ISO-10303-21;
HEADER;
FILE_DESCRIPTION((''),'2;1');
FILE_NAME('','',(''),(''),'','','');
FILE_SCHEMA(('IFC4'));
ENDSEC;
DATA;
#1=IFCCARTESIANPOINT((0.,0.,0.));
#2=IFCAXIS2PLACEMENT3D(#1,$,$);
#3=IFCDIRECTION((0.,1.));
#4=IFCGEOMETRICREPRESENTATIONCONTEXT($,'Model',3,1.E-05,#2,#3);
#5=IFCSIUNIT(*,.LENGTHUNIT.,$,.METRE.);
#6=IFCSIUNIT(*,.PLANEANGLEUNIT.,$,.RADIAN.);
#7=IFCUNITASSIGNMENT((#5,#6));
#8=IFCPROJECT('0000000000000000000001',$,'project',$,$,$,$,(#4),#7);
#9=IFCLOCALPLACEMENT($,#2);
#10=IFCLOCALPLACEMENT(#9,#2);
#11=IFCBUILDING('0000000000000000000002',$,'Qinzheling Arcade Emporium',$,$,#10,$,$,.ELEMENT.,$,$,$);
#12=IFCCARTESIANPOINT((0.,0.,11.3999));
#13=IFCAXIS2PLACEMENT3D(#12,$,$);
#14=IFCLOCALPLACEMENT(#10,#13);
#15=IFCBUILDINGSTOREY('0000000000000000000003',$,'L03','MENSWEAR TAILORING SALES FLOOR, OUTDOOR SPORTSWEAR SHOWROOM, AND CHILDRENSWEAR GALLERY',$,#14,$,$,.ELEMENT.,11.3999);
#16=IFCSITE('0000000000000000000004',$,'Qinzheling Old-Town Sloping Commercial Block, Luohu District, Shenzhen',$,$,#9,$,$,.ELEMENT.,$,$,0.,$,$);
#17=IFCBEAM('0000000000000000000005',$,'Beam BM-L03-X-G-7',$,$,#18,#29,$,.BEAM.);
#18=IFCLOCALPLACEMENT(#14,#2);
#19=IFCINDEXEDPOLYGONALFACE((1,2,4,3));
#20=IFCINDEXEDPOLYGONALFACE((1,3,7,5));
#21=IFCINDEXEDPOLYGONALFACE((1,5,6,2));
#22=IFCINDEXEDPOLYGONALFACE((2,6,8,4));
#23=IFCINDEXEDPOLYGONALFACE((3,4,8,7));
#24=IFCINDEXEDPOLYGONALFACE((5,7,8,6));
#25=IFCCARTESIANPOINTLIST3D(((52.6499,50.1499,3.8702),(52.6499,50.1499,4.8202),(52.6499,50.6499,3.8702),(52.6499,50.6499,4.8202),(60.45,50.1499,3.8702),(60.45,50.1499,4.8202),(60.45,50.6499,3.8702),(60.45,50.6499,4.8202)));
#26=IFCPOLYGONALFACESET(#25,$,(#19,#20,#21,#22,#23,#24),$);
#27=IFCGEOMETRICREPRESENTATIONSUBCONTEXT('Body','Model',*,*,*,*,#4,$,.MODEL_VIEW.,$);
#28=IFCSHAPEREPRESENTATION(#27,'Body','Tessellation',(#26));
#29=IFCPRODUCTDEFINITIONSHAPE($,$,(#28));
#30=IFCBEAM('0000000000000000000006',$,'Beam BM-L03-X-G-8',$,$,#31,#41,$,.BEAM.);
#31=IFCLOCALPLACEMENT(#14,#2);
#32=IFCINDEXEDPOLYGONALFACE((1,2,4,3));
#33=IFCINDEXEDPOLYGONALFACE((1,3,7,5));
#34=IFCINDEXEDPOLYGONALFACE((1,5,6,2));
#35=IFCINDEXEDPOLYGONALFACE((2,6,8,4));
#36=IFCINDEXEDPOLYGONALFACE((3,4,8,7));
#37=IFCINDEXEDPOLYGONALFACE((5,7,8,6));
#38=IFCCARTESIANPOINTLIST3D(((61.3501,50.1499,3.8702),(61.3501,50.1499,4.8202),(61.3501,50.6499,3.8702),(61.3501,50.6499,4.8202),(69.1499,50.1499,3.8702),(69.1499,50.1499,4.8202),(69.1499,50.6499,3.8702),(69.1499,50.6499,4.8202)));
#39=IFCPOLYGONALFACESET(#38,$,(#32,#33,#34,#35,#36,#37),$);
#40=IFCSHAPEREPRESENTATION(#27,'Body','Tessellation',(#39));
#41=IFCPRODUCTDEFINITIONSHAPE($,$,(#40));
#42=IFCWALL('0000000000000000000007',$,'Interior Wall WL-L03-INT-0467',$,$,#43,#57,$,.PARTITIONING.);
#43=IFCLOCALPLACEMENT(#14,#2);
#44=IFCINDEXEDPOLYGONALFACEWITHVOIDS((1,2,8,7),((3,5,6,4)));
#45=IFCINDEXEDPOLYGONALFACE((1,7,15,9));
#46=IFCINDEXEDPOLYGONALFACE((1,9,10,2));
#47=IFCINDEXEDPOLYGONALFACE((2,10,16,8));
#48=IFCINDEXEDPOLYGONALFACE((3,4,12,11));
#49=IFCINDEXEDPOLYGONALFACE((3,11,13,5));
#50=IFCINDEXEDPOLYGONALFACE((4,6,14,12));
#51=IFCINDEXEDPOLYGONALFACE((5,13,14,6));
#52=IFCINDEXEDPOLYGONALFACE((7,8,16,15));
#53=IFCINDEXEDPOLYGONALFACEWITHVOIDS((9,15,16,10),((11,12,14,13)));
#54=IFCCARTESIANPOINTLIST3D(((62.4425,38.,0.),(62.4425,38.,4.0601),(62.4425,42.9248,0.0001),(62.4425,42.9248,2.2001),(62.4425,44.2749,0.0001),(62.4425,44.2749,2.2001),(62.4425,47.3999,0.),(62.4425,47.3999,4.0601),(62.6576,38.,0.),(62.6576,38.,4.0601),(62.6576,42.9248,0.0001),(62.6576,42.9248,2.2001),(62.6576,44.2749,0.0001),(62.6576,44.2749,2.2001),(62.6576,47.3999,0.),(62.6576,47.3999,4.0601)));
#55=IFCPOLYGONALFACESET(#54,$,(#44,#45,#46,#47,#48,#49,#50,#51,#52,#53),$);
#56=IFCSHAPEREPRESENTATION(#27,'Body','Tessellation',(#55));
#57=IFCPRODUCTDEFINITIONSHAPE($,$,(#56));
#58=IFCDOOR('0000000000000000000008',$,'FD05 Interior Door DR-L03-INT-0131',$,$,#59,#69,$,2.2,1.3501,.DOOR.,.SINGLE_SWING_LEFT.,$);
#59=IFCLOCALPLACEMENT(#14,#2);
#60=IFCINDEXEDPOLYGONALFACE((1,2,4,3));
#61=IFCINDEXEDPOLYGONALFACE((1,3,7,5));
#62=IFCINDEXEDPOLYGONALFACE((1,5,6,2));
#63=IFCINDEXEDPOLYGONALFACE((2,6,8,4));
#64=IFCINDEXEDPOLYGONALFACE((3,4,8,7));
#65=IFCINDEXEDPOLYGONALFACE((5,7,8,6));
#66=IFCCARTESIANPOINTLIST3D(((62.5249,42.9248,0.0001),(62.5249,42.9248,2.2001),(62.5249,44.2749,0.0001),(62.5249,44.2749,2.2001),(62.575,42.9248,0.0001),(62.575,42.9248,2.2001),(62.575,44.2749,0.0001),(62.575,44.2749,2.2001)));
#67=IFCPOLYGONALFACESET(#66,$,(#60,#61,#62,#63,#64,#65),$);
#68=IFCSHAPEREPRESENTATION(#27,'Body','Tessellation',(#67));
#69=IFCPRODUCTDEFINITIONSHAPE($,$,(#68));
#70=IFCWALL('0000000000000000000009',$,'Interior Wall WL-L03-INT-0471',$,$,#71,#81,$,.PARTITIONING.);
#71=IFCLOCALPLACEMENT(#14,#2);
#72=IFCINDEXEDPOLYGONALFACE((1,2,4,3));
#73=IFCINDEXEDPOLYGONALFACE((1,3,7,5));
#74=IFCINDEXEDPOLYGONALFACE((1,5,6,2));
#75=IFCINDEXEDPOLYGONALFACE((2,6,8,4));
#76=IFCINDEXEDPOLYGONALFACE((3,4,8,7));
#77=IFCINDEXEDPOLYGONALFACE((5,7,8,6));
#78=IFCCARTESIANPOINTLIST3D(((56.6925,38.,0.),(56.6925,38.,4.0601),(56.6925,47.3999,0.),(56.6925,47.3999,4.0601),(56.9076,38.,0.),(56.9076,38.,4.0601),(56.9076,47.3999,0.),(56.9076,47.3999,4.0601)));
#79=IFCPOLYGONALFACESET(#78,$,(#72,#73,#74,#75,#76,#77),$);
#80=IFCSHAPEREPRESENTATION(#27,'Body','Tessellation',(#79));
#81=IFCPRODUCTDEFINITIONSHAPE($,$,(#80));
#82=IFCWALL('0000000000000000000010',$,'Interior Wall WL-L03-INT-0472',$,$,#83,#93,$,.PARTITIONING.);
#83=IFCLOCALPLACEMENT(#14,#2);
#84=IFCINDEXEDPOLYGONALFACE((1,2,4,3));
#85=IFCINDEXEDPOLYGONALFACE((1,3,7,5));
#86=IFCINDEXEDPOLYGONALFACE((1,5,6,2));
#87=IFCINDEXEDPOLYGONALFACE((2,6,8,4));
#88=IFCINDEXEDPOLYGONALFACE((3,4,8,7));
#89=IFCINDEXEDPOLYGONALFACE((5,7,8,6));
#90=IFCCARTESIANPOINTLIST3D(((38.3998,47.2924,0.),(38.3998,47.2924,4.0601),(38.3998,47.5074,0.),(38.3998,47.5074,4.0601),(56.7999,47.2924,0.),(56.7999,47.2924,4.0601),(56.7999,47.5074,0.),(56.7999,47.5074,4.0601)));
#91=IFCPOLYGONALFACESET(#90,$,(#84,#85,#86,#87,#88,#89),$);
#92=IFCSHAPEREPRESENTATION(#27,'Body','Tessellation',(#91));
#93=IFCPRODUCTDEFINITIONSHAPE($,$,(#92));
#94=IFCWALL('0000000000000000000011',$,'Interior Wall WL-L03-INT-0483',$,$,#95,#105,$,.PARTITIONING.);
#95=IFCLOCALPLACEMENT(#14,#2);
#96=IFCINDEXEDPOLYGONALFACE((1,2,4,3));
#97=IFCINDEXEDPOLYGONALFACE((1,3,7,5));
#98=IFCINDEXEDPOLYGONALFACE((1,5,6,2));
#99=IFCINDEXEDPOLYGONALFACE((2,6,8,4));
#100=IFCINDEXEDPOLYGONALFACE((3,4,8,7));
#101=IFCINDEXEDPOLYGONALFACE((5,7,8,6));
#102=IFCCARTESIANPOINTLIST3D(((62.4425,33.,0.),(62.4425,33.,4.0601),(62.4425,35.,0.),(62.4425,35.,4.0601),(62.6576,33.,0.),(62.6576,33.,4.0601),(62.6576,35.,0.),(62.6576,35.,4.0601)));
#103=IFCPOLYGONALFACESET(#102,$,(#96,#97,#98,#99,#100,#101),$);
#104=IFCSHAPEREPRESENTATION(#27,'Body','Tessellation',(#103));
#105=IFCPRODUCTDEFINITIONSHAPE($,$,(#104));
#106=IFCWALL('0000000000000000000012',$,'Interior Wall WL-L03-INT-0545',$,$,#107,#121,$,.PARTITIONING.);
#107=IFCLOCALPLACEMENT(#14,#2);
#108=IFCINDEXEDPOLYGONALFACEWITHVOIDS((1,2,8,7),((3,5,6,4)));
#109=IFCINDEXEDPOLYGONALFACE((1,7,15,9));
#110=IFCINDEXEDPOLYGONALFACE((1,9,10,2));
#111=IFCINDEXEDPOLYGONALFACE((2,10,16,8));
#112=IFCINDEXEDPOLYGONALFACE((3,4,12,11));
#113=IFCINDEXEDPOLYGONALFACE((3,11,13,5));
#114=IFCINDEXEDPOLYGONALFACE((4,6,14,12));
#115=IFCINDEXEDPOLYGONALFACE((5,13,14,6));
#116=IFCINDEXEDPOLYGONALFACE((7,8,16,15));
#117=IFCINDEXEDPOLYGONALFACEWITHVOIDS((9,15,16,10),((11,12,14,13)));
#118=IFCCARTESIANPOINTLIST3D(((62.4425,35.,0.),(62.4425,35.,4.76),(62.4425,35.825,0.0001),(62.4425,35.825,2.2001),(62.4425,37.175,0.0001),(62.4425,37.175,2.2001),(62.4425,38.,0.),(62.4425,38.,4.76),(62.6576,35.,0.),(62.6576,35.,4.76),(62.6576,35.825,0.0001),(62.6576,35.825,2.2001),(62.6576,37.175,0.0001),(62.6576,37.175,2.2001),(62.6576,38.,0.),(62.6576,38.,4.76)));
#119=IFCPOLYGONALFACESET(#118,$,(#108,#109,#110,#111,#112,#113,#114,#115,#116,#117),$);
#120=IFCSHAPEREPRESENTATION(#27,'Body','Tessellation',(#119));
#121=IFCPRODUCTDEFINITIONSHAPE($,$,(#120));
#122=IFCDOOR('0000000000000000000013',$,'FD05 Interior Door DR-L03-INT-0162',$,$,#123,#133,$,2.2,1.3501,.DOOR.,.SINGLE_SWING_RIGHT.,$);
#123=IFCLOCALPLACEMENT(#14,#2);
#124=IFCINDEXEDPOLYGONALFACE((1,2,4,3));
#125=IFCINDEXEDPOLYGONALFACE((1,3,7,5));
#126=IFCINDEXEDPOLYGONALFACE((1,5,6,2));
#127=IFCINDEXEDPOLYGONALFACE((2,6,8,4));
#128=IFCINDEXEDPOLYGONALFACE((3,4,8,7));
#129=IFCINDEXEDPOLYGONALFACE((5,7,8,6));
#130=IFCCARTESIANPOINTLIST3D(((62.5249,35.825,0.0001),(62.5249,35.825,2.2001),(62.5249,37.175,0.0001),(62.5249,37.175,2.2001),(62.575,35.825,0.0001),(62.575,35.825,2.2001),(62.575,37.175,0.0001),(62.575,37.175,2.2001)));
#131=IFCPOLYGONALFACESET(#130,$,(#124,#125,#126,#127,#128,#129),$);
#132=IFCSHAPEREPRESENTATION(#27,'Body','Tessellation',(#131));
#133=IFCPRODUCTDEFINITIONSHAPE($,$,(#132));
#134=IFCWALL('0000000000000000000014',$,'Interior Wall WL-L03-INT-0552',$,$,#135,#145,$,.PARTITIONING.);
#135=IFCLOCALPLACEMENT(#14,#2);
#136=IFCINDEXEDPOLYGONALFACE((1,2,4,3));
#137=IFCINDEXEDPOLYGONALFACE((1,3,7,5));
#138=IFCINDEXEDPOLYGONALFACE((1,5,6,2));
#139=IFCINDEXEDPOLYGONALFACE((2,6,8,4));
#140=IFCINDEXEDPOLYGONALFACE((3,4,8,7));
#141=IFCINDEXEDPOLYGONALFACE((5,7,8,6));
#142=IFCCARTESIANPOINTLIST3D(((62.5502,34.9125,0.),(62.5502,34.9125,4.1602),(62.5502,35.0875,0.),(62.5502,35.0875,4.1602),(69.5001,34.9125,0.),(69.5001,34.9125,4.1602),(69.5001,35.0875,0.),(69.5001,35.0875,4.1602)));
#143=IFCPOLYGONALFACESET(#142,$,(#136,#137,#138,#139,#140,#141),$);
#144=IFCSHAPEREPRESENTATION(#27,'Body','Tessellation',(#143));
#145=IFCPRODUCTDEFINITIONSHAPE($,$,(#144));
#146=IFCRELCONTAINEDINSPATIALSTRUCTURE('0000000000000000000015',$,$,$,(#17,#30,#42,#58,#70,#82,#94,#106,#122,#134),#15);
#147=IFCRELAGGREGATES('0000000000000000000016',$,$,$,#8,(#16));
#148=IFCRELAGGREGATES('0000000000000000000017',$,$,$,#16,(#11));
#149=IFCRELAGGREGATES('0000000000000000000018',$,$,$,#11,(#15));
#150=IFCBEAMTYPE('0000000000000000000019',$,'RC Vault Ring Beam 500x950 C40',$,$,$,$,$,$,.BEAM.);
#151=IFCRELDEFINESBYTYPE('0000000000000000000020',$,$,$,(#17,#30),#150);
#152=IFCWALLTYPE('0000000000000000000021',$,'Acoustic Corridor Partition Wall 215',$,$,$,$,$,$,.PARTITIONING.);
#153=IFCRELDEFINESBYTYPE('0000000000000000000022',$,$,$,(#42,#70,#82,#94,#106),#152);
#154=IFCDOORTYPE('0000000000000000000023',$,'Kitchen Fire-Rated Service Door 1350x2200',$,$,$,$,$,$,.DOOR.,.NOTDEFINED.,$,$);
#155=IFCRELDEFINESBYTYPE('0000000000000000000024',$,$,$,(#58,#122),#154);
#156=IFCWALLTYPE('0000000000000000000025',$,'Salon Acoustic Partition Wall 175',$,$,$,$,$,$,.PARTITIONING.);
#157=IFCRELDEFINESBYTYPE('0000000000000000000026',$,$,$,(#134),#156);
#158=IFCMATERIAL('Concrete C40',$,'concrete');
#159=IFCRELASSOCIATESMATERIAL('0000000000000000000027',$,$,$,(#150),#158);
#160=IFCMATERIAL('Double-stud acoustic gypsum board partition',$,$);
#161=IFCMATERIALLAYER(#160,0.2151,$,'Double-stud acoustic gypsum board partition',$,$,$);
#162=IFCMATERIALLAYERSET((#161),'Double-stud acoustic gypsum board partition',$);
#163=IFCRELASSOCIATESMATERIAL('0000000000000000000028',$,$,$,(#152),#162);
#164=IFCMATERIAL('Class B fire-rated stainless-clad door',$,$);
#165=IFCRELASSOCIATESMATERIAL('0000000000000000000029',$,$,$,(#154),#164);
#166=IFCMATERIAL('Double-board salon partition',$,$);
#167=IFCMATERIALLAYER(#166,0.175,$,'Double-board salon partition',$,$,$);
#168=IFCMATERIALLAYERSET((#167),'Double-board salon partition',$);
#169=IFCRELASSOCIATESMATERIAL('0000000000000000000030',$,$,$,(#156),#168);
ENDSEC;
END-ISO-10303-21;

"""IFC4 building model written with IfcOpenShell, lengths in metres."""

from ifc_helpers import new_model, si_unit, direction, frame, frame_2d, origin, origin_2d, place, context, subcontext, project, spatial, rectangle, extrude, material, layer, layer_set, material_profile, profile_set, type_object, element, fill, save


model = new_model("IFC4")

# Units and contexts
model_context = context("Model", 3, precision=1e-05, world=origin(), true_north=direction((0.0, 1.0)))
body_context = subcontext(model_context, "Body", "Model", "MODEL_VIEW")
ifc_project = project(units=[si_unit("LENGTHUNIT", "METRE"), si_unit("PLANEANGLEUNIT", "RADIAN")], contexts=[model_context])

# Site, building, storey
site_placement = place(None, origin())
site = spatial("IfcSite", under=ifc_project, at=site_placement, Name="Qinzheling Old-Town Sloping Commercial Block, Luohu District, Shenzhen", CompositionType="ELEMENT", RefElevation=0.0)
building_placement = place(site_placement, origin())
building = spatial("IfcBuilding", under=site, at=building_placement, Name="Qinzheling Arcade Emporium", CompositionType="ELEMENT")
storey_placement = place(building_placement, frame((0.0, 0.0, 11.3999)))
storey = spatial("IfcBuildingStorey", under=building, at=storey_placement, Name="L03", Description="MENSWEAR TAILORING SALES FLOOR, OUTDOOR SPORTSWEAR SHOWROOM, AND CHILDRENSWEAR GALLERY", CompositionType="ELEMENT", Elevation=11.3999)

# Beams
ifc_material_1 = material(Name="Concrete C40", Category="concrete")
ifc_material_profile_1 = material_profile(ifc_material_1, rectangle(XDim=0.5, YDim=0.95, at=origin_2d()), Name="RC 500x950", Category="concrete")
ifc_profile_set_1 = profile_set([ifc_material_profile_1], Name="Concrete C40")
beam_type_1 = type_object("IfcBeamType", Name="RC Vault Ring Beam 500x950 C40", PredefinedType="BEAM", material=ifc_profile_set_1)
beam_1_placement = place(storey_placement, frame((52.6499, 50.3999, 4.3452), z_axis=(1.0, 0.0, 0.0), x_axis=(0.0, 1.0, 0.0)))
element("IfcBeam", 1, at=beam_1_placement, inside=storey, type_object=beam_type_1, Name="Beam BM-L03-X-G-7", PredefinedType="BEAM", context=body_context, shape_type="SweptSolid", body=[
    extrude(rectangle(XDim=0.5, YDim=0.95, at=origin_2d()), origin(), (0.0, 0.0, 1.0), 7.8),
])
beam_2_placement = place(storey_placement, frame((61.3501, 50.3999, 4.3452), z_axis=(1.0, 0.0, 0.0), x_axis=(0.0, 1.0, 0.0)))
element("IfcBeam", 2, at=beam_2_placement, inside=storey, type_object=beam_type_1, Name="Beam BM-L03-X-G-8", PredefinedType="BEAM", context=body_context, shape_type="SweptSolid", body=[
    extrude(rectangle(XDim=0.5, YDim=0.95, at=origin_2d()), origin(), (0.0, 0.0, 1.0), 7.7998),
])

# Wall, opening, door
ifc_material_2 = material(Name="Double-stud acoustic gypsum board partition")
ifc_layer_1 = layer(ifc_material_2, 0.2151, Name="Double-stud acoustic gypsum board partition")
ifc_layer_set_1 = layer_set([ifc_layer_1], Name="Double-stud acoustic gypsum board partition")
wall_type_1 = type_object("IfcWallType", Name="Acoustic Corridor Partition Wall 215", PredefinedType="PARTITIONING", material=ifc_layer_set_1)
wall_1_placement = place(storey_placement, frame((62.55, 47.3999, 0.0), z_axis=(0.0, 0.0, 1.0), x_axis=(0.0, -1.0, 0.0)))
wall_1 = element("IfcWall", 3, at=wall_1_placement, inside=storey, type_object=wall_type_1, Name="Interior Wall WL-L03-INT-0467", PredefinedType="PARTITIONING", context=body_context, shape_type="SweptSolid", body=[
    extrude(rectangle(XDim=9.3999, YDim=0.2151, at=frame_2d((4.7, 0.0))), origin(), (0.0, 0.0, 1.0), 4.0601),
])
opening_1_placement = place(wall_1_placement, frame((3.125, 0.0, 0.0)))
opening_1 = element("IfcOpeningElement", 4, at=opening_1_placement, cuts=wall_1, PredefinedType="OPENING", context=body_context, shape_type="SweptSolid", body=[
    extrude(rectangle(XDim=1.3501, YDim=2.2, at=frame_2d((0.675, 1.1001))), frame((0.0, 0.1177, 0.0), z_axis=(0.0, -1.0, 0.0), x_axis=(1.0, 0.0, 0.0)), (0.0, 0.0, 1.0), 0.2351),
])
ifc_material_3 = material(Name="Class B fire-rated stainless-clad door")
door_type = type_object("IfcDoorType", Name="Kitchen Fire-Rated Service Door 1350x2200", OperationType="NOTDEFINED", PredefinedType="DOOR", material=ifc_material_3)
door_1_placement = place(opening_1_placement, origin())
door_1 = element("IfcDoor", 5, at=door_1_placement, inside=storey, type_object=door_type, Name="FD05 Interior Door DR-L03-INT-0131", OperationType="SINGLE_SWING_LEFT", OverallHeight=2.2, OverallWidth=1.3501, PredefinedType="DOOR", context=body_context, shape_type="SweptSolid", body=[
    extrude(rectangle(XDim=1.3501, YDim=2.2, at=frame_2d((0.675, 1.1001))), frame((0.0, 0.0249, 0.0), z_axis=(0.0, -1.0, 0.0), x_axis=(1.0, 0.0, 0.0)), (0.0, 0.0, 1.0), 0.05),
])
fill(opening_1, door_1)

# Walls
wall_2_placement = place(storey_placement, frame((56.8, 38.0, 0.0), z_axis=(0.0, 0.0, 1.0), x_axis=(0.0, 1.0, 0.0)))
element("IfcWall", 6, at=wall_2_placement, inside=storey, type_object=wall_type_1, Name="Interior Wall WL-L03-INT-0471", PredefinedType="PARTITIONING", context=body_context, shape_type="SweptSolid", body=[
    extrude(rectangle(XDim=9.3999, YDim=0.2151, at=frame_2d((4.7, 0.0))), origin(), (0.0, 0.0, 1.0), 4.0601),
])
wall_3_placement = place(storey_placement, frame((56.8, 47.3999, 0.0), z_axis=(0.0, 0.0, 1.0), x_axis=(-1.0, 0.0, 0.0)))
element("IfcWall", 7, at=wall_3_placement, inside=storey, type_object=wall_type_1, Name="Interior Wall WL-L03-INT-0472", PredefinedType="PARTITIONING", context=body_context, shape_type="SweptSolid", body=[
    extrude(rectangle(XDim=18.4001, YDim=0.2151, at=frame_2d((9.2002, 0.0))), origin(), (0.0, 0.0, 1.0), 4.0601),
])
wall_4_placement = place(storey_placement, frame((62.55, 35.0, 0.0), z_axis=(0.0, 0.0, 1.0), x_axis=(0.0, -1.0, 0.0)))
element("IfcWall", 8, at=wall_4_placement, inside=storey, type_object=wall_type_1, Name="Interior Wall WL-L03-INT-0483", PredefinedType="PARTITIONING", context=body_context, shape_type="SweptSolid", body=[
    extrude(rectangle(XDim=2.0, YDim=0.2151, at=frame_2d((1.0, 0.0))), origin(), (0.0, 0.0, 1.0), 4.0601),
])

# Wall, opening, door
wall_5_placement = place(storey_placement, frame((62.55, 38.0, 0.0), z_axis=(0.0, 0.0, 1.0), x_axis=(0.0, -1.0, 0.0)))
wall_5 = element("IfcWall", 9, at=wall_5_placement, inside=storey, type_object=wall_type_1, Name="Interior Wall WL-L03-INT-0545", PredefinedType="PARTITIONING", context=body_context, shape_type="SweptSolid", body=[
    extrude(rectangle(XDim=3.0, YDim=0.2151, at=frame_2d((1.5, 0.0))), origin(), (0.0, 0.0, 1.0), 4.76),
])
opening_2_placement = place(wall_5_placement, frame((0.825, 0.0, 0.0)))
opening_2 = element("IfcOpeningElement", 10, at=opening_2_placement, cuts=wall_5, PredefinedType="OPENING", context=body_context, shape_type="SweptSolid", body=[
    extrude(rectangle(XDim=1.3501, YDim=2.2, at=frame_2d((0.675, 1.1001))), frame((0.0, 0.1177, 0.0), z_axis=(0.0, -1.0, 0.0), x_axis=(1.0, 0.0, 0.0)), (0.0, 0.0, 1.0), 0.2351),
])
door_2_placement = place(opening_2_placement, origin())
door_2 = element("IfcDoor", 11, at=door_2_placement, inside=storey, type_object=door_type, Name="FD05 Interior Door DR-L03-INT-0162", OperationType="SINGLE_SWING_RIGHT", OverallHeight=2.2, OverallWidth=1.3501, PredefinedType="DOOR", context=body_context, shape_type="SweptSolid", body=[
    extrude(rectangle(XDim=1.3501, YDim=2.2, at=frame_2d((0.675, 1.1001))), frame((0.0, 0.0249, 0.0), z_axis=(0.0, -1.0, 0.0), x_axis=(1.0, 0.0, 0.0)), (0.0, 0.0, 1.0), 0.05),
])
fill(opening_2, door_2)

# Wall
ifc_material_4 = material(Name="Double-board salon partition")
ifc_layer_2 = layer(ifc_material_4, 0.175, Name="Double-board salon partition")
ifc_layer_set_2 = layer_set([ifc_layer_2], Name="Double-board salon partition")
wall_type_2 = type_object("IfcWallType", Name="Salon Acoustic Partition Wall 175", PredefinedType="PARTITIONING", material=ifc_layer_set_2)
wall_6_placement = place(storey_placement, frame((62.55, 35.0, 0.0), z_axis=(0.0, 0.0, 1.0), x_axis=(1.0, 0.0, 0.0)))
element("IfcWall", 12, at=wall_6_placement, inside=storey, type_object=wall_type_2, Name="Interior Wall WL-L03-INT-0552", PredefinedType="PARTITIONING", context=body_context, shape_type="SweptSolid", body=[
    extrude(rectangle(XDim=6.95, YDim=0.175, at=frame_2d((3.4751, 0.0))), origin(), (0.0, 0.0, 1.0), 4.1602),
])

save(model, "model.ifc")
